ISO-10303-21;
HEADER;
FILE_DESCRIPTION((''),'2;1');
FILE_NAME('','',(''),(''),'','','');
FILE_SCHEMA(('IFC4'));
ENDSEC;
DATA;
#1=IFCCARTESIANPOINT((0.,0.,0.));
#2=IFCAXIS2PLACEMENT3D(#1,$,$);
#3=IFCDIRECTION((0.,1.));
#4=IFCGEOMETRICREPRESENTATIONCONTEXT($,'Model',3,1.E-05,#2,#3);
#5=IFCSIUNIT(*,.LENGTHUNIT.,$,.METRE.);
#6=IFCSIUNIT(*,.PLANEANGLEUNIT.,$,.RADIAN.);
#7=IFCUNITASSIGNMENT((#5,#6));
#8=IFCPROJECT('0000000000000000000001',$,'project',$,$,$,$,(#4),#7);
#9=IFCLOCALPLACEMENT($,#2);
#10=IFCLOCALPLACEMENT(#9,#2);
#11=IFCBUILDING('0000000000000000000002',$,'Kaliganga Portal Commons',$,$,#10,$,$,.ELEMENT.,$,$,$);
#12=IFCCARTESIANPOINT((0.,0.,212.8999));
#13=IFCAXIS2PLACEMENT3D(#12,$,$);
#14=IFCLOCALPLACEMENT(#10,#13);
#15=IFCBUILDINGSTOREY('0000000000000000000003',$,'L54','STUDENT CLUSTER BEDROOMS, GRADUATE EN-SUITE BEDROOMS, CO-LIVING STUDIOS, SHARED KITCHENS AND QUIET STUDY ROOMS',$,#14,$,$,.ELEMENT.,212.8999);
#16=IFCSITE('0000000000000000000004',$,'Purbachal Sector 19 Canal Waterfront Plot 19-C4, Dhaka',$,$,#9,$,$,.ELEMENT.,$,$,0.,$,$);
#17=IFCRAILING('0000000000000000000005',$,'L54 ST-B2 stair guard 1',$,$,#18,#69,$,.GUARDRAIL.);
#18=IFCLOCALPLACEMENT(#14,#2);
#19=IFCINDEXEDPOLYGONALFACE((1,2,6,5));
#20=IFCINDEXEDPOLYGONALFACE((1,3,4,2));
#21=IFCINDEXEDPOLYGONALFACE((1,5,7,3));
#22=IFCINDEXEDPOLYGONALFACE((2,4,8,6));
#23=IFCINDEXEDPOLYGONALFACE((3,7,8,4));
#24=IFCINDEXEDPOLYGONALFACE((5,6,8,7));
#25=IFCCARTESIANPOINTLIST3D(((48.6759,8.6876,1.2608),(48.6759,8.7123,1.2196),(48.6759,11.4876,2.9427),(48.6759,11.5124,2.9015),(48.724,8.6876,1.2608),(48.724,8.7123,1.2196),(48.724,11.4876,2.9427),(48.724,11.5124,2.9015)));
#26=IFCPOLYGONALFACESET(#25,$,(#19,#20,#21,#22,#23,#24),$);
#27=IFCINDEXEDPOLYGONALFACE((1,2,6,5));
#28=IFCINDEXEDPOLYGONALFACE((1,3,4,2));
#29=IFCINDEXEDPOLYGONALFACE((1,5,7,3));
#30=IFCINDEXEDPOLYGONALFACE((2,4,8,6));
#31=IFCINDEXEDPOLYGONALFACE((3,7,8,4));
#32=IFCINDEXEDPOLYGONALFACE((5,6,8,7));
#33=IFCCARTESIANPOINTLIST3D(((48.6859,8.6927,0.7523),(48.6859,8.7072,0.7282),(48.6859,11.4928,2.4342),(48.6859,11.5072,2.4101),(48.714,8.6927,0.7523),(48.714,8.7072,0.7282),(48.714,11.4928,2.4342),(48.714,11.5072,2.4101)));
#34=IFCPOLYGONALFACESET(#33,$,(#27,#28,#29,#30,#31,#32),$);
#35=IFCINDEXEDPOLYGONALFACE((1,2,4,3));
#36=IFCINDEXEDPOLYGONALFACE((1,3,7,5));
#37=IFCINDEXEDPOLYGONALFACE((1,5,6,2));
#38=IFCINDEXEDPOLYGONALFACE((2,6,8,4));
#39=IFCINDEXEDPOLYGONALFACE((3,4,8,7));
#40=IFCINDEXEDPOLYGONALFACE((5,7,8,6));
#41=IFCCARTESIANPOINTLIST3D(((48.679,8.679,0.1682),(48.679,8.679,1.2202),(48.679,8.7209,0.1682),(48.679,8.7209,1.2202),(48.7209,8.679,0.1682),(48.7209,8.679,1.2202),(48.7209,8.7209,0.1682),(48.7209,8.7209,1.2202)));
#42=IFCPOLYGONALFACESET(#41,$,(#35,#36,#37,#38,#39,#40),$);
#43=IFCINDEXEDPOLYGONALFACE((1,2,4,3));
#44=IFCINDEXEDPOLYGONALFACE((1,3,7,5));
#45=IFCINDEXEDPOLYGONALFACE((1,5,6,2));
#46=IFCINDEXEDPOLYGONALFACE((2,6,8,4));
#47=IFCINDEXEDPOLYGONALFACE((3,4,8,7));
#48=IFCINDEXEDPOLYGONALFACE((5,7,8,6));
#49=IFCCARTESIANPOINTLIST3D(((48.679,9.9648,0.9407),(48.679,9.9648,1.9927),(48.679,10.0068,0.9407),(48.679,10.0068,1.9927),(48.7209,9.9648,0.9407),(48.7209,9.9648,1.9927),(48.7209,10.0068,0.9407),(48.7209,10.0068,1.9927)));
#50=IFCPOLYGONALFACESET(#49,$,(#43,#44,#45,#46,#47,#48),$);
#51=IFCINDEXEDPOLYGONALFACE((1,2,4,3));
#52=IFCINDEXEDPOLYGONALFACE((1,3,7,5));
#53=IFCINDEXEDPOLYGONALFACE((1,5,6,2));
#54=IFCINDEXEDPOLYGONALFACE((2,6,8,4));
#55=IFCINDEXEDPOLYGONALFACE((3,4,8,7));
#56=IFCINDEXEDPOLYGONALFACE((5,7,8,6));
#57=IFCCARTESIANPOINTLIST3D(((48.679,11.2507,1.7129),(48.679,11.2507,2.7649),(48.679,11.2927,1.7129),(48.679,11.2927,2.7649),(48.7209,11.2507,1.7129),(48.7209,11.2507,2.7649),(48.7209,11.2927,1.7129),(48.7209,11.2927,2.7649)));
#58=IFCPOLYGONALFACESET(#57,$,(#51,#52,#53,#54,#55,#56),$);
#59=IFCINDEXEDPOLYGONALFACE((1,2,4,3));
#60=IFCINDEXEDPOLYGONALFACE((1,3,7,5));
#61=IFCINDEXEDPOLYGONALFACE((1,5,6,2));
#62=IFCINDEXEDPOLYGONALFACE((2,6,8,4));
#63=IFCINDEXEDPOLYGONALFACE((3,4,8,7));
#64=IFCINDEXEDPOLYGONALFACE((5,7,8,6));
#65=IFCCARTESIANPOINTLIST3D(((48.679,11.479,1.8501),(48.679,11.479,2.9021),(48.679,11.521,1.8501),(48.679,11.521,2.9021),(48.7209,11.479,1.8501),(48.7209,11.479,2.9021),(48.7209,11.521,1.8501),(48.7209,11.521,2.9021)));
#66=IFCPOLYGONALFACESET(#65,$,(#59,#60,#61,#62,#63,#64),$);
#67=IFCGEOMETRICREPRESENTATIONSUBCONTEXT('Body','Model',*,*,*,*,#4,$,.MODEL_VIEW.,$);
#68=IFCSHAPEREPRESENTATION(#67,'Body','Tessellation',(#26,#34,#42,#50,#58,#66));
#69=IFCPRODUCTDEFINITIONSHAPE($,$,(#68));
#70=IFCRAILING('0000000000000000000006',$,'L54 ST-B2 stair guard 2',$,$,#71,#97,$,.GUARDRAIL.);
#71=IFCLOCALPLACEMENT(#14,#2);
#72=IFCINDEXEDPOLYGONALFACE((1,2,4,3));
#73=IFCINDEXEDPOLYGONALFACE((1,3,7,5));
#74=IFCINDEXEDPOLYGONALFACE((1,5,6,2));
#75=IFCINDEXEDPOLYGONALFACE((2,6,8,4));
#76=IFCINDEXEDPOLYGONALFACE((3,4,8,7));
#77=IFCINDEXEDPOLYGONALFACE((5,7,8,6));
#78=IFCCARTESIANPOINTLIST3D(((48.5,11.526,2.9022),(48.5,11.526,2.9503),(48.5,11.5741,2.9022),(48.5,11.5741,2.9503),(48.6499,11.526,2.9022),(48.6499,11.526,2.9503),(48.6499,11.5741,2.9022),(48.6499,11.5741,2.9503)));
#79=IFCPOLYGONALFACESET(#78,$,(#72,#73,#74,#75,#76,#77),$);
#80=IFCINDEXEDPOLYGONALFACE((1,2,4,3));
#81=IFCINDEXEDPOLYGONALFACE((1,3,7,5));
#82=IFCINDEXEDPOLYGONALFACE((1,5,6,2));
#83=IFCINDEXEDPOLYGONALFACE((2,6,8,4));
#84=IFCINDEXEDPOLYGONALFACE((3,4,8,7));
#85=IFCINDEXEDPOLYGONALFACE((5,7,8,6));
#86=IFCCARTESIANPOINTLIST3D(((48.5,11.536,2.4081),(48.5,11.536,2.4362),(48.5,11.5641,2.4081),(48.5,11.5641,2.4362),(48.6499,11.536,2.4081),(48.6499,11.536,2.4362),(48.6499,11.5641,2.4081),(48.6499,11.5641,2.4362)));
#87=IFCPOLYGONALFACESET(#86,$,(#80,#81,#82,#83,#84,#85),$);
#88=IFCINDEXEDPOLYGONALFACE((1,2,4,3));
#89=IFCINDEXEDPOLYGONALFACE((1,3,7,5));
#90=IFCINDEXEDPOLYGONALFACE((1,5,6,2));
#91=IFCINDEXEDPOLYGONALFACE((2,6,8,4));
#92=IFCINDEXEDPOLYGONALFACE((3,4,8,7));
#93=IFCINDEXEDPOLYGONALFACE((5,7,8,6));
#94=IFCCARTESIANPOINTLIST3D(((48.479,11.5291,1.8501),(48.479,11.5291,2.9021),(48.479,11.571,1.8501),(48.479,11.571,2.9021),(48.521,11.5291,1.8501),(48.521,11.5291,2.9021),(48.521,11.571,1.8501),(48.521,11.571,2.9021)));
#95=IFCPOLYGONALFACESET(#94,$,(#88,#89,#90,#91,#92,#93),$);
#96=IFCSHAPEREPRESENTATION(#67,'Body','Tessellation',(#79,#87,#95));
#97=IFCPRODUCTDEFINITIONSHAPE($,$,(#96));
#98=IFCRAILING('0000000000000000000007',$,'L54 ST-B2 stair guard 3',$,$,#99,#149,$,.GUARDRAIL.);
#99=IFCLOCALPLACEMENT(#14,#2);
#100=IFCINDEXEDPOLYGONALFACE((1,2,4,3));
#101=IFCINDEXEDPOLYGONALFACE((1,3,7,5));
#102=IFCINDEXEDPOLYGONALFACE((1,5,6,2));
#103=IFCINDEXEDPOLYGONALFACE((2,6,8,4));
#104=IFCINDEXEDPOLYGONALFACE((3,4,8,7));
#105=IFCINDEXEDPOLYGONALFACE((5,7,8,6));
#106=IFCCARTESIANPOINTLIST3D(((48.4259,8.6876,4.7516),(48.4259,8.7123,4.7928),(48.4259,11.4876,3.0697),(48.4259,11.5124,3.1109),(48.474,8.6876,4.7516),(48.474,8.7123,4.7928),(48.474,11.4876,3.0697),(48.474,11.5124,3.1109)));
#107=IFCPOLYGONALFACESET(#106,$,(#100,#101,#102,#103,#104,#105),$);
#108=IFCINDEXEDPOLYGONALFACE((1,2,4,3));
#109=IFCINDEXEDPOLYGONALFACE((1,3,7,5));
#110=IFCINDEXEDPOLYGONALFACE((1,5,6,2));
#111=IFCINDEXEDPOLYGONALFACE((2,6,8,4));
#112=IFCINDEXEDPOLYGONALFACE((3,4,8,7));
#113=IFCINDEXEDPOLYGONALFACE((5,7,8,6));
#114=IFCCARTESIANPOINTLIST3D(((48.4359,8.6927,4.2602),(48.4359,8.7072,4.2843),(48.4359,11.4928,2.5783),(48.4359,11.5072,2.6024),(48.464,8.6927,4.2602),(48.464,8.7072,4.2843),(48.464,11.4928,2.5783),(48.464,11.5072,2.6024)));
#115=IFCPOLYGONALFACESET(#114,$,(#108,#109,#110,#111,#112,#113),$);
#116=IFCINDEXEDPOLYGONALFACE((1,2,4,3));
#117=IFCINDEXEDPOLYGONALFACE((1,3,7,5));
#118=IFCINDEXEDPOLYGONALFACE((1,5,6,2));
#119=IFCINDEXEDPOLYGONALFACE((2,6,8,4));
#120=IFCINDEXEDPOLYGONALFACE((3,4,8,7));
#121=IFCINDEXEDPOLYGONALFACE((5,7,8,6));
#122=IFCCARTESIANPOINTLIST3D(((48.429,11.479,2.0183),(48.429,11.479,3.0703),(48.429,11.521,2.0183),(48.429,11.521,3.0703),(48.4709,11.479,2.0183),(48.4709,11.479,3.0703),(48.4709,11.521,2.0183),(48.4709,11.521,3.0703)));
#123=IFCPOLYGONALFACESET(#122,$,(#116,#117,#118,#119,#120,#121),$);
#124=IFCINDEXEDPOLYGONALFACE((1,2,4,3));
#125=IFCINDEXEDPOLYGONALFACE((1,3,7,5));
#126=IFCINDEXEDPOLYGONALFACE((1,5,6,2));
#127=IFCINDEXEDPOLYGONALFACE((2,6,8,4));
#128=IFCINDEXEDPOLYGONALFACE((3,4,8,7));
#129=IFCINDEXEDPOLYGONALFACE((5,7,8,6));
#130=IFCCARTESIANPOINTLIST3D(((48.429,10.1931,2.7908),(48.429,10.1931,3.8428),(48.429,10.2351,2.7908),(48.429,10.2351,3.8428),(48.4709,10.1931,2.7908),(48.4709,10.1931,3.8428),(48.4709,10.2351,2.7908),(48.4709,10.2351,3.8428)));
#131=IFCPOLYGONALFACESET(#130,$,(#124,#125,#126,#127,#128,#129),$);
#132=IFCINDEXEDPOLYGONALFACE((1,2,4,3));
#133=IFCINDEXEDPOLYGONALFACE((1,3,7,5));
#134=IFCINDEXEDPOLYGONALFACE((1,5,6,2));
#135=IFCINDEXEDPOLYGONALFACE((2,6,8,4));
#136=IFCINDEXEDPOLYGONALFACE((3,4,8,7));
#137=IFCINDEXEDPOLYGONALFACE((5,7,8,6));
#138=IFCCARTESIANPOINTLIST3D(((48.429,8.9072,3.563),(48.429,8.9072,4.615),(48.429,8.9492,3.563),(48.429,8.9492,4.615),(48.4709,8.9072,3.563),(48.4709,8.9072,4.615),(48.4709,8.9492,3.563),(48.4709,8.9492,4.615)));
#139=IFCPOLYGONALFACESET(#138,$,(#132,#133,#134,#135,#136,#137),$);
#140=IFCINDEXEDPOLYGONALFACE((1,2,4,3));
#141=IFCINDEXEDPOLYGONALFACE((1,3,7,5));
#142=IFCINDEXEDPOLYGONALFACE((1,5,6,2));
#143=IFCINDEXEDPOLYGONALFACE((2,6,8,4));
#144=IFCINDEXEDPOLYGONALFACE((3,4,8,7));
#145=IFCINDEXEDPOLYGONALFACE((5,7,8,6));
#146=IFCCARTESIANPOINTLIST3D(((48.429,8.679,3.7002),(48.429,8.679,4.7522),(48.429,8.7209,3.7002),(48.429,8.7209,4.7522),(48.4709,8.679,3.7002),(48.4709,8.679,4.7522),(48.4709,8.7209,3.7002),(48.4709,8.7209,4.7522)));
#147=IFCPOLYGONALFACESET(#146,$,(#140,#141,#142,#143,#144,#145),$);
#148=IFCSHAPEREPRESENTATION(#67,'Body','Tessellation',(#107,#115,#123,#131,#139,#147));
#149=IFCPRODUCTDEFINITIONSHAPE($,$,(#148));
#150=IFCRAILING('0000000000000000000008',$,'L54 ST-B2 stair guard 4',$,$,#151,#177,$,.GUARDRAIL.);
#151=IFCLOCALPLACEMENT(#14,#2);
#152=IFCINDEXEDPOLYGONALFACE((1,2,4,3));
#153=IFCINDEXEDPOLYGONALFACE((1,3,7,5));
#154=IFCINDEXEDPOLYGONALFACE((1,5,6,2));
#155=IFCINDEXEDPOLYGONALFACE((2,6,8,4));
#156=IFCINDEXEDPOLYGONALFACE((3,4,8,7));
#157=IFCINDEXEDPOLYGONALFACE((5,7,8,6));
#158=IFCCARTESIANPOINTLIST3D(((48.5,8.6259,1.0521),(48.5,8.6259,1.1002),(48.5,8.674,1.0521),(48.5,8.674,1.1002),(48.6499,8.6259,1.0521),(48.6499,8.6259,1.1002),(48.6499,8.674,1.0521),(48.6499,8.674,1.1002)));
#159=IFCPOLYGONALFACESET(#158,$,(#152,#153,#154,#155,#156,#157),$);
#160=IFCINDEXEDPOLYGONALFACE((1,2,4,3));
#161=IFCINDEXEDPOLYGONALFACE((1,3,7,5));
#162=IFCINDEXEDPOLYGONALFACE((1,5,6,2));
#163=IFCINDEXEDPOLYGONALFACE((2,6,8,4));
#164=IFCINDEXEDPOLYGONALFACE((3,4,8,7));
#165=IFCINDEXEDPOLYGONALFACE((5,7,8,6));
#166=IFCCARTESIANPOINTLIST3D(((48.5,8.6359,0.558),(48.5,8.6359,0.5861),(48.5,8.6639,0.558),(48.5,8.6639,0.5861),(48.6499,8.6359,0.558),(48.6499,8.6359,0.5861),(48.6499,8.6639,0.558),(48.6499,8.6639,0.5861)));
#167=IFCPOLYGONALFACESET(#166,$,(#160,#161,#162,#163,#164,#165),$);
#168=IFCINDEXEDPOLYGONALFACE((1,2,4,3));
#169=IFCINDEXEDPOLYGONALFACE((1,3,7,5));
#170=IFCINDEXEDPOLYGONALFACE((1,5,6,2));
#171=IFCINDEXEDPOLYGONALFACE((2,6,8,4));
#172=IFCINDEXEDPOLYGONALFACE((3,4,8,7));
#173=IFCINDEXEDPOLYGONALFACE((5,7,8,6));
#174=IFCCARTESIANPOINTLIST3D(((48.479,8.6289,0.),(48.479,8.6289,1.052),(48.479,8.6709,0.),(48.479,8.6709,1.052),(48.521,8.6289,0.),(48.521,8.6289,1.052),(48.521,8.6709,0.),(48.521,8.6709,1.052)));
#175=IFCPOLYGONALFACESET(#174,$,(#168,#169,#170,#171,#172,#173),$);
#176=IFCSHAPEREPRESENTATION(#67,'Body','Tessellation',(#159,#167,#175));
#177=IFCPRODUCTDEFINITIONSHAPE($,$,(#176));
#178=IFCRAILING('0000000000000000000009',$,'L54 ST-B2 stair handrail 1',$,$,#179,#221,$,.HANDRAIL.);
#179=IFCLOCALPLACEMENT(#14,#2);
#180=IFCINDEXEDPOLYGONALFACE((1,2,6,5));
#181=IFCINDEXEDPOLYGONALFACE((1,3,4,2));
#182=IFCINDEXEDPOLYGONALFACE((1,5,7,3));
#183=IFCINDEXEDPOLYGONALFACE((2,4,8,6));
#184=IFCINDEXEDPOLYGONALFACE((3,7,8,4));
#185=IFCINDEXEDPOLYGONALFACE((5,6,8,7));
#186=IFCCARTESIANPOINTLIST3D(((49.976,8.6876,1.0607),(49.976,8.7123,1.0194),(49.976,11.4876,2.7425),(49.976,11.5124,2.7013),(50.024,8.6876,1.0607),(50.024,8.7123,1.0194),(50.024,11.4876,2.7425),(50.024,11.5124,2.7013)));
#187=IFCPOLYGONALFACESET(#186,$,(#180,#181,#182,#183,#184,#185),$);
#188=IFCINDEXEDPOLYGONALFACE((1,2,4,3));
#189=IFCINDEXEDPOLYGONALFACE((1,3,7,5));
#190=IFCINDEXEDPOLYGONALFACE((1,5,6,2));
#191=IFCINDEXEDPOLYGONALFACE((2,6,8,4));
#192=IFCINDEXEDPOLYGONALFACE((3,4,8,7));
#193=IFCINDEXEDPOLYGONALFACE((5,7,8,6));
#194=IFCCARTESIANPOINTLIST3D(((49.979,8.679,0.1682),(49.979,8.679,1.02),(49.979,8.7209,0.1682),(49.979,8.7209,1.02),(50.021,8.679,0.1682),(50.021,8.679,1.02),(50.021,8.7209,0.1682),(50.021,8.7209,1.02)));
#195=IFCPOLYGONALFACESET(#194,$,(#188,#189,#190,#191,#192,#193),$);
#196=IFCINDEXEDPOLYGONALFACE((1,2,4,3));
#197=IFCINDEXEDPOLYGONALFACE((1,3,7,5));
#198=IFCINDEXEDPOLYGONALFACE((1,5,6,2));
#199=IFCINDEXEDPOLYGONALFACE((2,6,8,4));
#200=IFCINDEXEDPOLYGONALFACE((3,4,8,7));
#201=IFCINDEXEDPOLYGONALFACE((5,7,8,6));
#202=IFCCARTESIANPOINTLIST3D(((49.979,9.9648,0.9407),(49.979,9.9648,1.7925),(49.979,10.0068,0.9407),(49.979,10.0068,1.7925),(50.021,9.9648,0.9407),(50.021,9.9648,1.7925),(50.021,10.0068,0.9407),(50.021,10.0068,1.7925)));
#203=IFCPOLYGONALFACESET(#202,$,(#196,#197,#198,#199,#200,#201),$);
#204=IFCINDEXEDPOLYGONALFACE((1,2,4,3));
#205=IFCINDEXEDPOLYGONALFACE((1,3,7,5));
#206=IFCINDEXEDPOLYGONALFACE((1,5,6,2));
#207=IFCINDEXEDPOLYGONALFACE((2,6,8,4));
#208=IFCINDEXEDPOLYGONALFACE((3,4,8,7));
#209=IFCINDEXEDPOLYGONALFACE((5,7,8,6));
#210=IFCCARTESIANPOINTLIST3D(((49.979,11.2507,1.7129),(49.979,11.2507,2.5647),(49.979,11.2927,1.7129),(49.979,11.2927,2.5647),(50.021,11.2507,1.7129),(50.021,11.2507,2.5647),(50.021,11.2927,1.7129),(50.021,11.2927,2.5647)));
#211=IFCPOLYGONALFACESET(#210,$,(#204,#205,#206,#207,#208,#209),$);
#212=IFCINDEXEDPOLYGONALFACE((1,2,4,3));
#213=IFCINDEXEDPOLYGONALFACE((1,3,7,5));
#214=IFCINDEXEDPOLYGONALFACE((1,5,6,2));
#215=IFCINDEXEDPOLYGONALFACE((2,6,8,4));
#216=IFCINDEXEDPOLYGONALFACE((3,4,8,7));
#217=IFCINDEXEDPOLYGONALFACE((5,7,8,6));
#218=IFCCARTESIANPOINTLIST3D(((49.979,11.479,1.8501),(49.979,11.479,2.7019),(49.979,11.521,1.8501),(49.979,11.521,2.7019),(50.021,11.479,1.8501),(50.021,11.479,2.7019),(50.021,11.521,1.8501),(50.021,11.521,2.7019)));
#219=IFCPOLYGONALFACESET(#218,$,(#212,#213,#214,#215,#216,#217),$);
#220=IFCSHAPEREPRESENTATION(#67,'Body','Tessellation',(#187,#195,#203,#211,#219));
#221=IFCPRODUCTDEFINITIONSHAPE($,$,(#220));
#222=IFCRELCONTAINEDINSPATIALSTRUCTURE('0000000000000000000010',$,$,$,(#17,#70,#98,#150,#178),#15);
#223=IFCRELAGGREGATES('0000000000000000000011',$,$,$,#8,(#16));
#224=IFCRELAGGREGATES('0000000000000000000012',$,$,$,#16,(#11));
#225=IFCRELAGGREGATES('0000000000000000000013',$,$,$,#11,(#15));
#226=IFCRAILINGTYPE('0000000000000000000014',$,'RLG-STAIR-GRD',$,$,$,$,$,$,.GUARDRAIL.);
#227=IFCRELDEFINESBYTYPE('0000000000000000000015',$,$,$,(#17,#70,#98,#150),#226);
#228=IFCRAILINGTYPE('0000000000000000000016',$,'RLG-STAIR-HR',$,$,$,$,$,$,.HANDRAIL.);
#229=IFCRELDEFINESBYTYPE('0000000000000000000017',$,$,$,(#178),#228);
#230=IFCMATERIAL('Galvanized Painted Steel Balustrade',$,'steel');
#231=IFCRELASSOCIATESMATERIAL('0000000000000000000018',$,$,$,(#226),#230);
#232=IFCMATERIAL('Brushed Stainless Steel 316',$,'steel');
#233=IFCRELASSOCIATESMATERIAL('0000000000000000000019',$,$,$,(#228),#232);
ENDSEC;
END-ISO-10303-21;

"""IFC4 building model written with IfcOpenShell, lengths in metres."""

from ifc_helpers import new_model, si_unit, direction, frame, origin, origin_2d, place, context, subcontext, project, spatial, rectangle, extrude, material, type_object, element, save


model = new_model("IFC4")

# Units and contexts
model_context = context("Model", 3, precision=1e-05, world=origin(), true_north=direction((0.0, 1.0)))
body_context = subcontext(model_context, "Body", "Model", "MODEL_VIEW")
ifc_project = project(units=[si_unit("LENGTHUNIT", "METRE"), si_unit("PLANEANGLEUNIT", "RADIAN")], contexts=[model_context])

# Site, building, storey
site_placement = place(None, origin())
site = spatial("IfcSite", under=ifc_project, at=site_placement, Name="Purbachal Sector 19 Canal Waterfront Plot 19-C4, Dhaka", CompositionType="ELEMENT", RefElevation=0.0)
building_placement = place(site_placement, origin())
building = spatial("IfcBuilding", under=site, at=building_placement, Name="Kaliganga Portal Commons", CompositionType="ELEMENT")
storey_placement = place(building_placement, frame((0.0, 0.0, 212.8999)))
storey = spatial("IfcBuildingStorey", under=building, at=storey_placement, Name="L54", Description="STUDENT CLUSTER BEDROOMS, GRADUATE EN-SUITE BEDROOMS, CO-LIVING STUDIOS, SHARED KITCHENS AND QUIET STUDY ROOMS", CompositionType="ELEMENT", Elevation=212.8999)

# Railings
ifc_material_1 = material(Name="Galvanized Painted Steel Balustrade", Category="steel")
railing_type_1 = type_object("IfcRailingType", Name="RLG-STAIR-GRD", PredefinedType="GUARDRAIL", material=ifc_material_1)
railing_1_placement = place(storey_placement, frame((48.7, 8.7, 0.1682)))
element("IfcRailing", 1, at=railing_1_placement, inside=storey, type_object=railing_type_1, Name="L54 ST-B2 stair guard 1", PredefinedType="GUARDRAIL", context=body_context, shape_type="SweptSolid", body=[
    extrude(rectangle(XDim=0.0481, YDim=0.0481, at=origin_2d()), frame((0.0, 0.0, 1.072), z_axis=(0.0, 0.857242, 0.514913), x_axis=(-1.0, 0.0, 0.0)), (0.0, 0.0, 1.0), 3.2664),
    extrude(rectangle(XDim=0.0281, YDim=0.0281, at=origin_2d()), frame((0.0, 0.0, 0.572), z_axis=(0.0, 0.857242, 0.514913), x_axis=(-1.0, 0.0, 0.0)), (0.0, 0.0, 1.0), 3.2664),
    extrude(rectangle(XDim=0.042, YDim=0.042, at=origin_2d()), origin(), (0.0, 0.0, 1.0), 1.052),
    extrude(rectangle(XDim=0.042, YDim=0.042, at=origin_2d()), frame((0.0, 1.2859, 0.7725)), (0.0, 0.0, 1.0), 1.052),
    extrude(rectangle(XDim=0.042, YDim=0.042, at=origin_2d()), frame((0.0, 2.5718, 1.5447)), (0.0, 0.0, 1.0), 1.052),
    extrude(rectangle(XDim=0.042, YDim=0.042, at=origin_2d()), frame((0.0, 2.8, 1.6819)), (0.0, 0.0, 1.0), 1.052),
])
railing_2_placement = place(storey_placement, frame((48.6499, 11.55, 1.8501)))
element("IfcRailing", 2, at=railing_2_placement, inside=storey, type_object=railing_type_1, Name="L54 ST-B2 stair guard 2", PredefinedType="GUARDRAIL", context=body_context, shape_type="SweptSolid", body=[
    extrude(rectangle(XDim=0.0481, YDim=0.0481, at=origin_2d()), frame((0.0, 0.0, 1.0762), z_axis=(-1.0, 0.0, 0.0), x_axis=(0.0, -1.0, 0.0)), (0.0, 0.0, 1.0), 0.1499),
    extrude(rectangle(XDim=0.0281, YDim=0.0281, at=origin_2d()), frame((0.0, 0.0, 0.572), z_axis=(-1.0, 0.0, 0.0), x_axis=(0.0, -1.0, 0.0)), (0.0, 0.0, 1.0), 0.1499),
    extrude(rectangle(XDim=0.042, YDim=0.042, at=origin_2d()), frame((-0.1499, 0.0, 0.0)), (0.0, 0.0, 1.0), 1.052),
])
railing_3_placement = place(storey_placement, frame((48.45, 11.5, 2.0183)))
element("IfcRailing", 3, at=railing_3_placement, inside=storey, type_object=railing_type_1, Name="L54 ST-B2 stair guard 3", PredefinedType="GUARDRAIL", context=body_context, shape_type="SweptSolid", body=[
    extrude(rectangle(XDim=0.0481, YDim=0.0481, at=origin_2d()), frame((0.0, 0.0, 1.072), z_axis=(0.0, -0.857242, 0.514913), x_axis=(1.0, 0.0, 0.0)), (0.0, 0.0, 1.0), 3.2664),
    extrude(rectangle(XDim=0.0281, YDim=0.0281, at=origin_2d()), frame((0.0, 0.0, 0.572), z_axis=(0.0, -0.857242, 0.514913), x_axis=(1.0, 0.0, 0.0)), (0.0, 0.0, 1.0), 3.2664),
    extrude(rectangle(XDim=0.042, YDim=0.042, at=origin_2d()), origin(), (0.0, 0.0, 1.0), 1.052),
    extrude(rectangle(XDim=0.042, YDim=0.042, at=origin_2d()), frame((0.0, -1.2859, 0.7725)), (0.0, 0.0, 1.0), 1.052),
    extrude(rectangle(XDim=0.042, YDim=0.042, at=origin_2d()), frame((0.0, -2.5718, 1.5447)), (0.0, 0.0, 1.0), 1.052),
    extrude(rectangle(XDim=0.042, YDim=0.042, at=origin_2d()), frame((0.0, -2.8, 1.6819)), (0.0, 0.0, 1.0), 1.052),
])
railing_4_placement = place(storey_placement, frame((48.6499, 8.6499, 0.0)))
element("IfcRailing", 4, at=railing_4_placement, inside=storey, type_object=railing_type_1, Name="L54 ST-B2 stair guard 4", PredefinedType="GUARDRAIL", context=body_context, shape_type="SweptSolid", body=[
    extrude(rectangle(XDim=0.0481, YDim=0.0481, at=origin_2d()), frame((0.0, 0.0, 1.0762), z_axis=(-1.0, 0.0, 0.0), x_axis=(0.0, -1.0, 0.0)), (0.0, 0.0, 1.0), 0.1499),
    extrude(rectangle(XDim=0.0281, YDim=0.0281, at=origin_2d()), frame((0.0, 0.0, 0.572), z_axis=(-1.0, 0.0, 0.0), x_axis=(0.0, -1.0, 0.0)), (0.0, 0.0, 1.0), 0.1499),
    extrude(rectangle(XDim=0.042, YDim=0.042, at=origin_2d()), frame((-0.1499, 0.0, 0.0)), (0.0, 0.0, 1.0), 1.052),
])
ifc_material_2 = material(Name="Brushed Stainless Steel 316", Category="steel")
railing_type_2 = type_object("IfcRailingType", Name="RLG-STAIR-HR", PredefinedType="HANDRAIL", material=ifc_material_2)
railing_5_placement = place(storey_placement, frame((50.0, 8.7, 0.1682)))
element("IfcRailing", 5, at=railing_5_placement, inside=storey, type_object=railing_type_2, Name="L54 ST-B2 stair handrail 1", PredefinedType="HANDRAIL", context=body_context, shape_type="SweptSolid", body=[
    extrude(rectangle(XDim=0.0481, YDim=0.0481, at=origin_2d()), frame((0.0, 0.0, 0.8718), z_axis=(0.0, 0.857242, 0.514913), x_axis=(-1.0, 0.0, 0.0)), (0.0, 0.0, 1.0), 3.2664),
    extrude(rectangle(XDim=0.042, YDim=0.042, at=origin_2d()), origin(), (0.0, 0.0, 1.0), 0.8518),
    extrude(rectangle(XDim=0.042, YDim=0.042, at=origin_2d()), frame((0.0, 1.2859, 0.7725)), (0.0, 0.0, 1.0), 0.8518),
    extrude(rectangle(XDim=0.042, YDim=0.042, at=origin_2d()), frame((0.0, 2.5718, 1.5447)), (0.0, 0.0, 1.0), 0.8518),
    extrude(rectangle(XDim=0.042, YDim=0.042, at=origin_2d()), frame((0.0, 2.8, 1.6819)), (0.0, 0.0, 1.0), 0.8518),
])

save(model, "model.ifc")
